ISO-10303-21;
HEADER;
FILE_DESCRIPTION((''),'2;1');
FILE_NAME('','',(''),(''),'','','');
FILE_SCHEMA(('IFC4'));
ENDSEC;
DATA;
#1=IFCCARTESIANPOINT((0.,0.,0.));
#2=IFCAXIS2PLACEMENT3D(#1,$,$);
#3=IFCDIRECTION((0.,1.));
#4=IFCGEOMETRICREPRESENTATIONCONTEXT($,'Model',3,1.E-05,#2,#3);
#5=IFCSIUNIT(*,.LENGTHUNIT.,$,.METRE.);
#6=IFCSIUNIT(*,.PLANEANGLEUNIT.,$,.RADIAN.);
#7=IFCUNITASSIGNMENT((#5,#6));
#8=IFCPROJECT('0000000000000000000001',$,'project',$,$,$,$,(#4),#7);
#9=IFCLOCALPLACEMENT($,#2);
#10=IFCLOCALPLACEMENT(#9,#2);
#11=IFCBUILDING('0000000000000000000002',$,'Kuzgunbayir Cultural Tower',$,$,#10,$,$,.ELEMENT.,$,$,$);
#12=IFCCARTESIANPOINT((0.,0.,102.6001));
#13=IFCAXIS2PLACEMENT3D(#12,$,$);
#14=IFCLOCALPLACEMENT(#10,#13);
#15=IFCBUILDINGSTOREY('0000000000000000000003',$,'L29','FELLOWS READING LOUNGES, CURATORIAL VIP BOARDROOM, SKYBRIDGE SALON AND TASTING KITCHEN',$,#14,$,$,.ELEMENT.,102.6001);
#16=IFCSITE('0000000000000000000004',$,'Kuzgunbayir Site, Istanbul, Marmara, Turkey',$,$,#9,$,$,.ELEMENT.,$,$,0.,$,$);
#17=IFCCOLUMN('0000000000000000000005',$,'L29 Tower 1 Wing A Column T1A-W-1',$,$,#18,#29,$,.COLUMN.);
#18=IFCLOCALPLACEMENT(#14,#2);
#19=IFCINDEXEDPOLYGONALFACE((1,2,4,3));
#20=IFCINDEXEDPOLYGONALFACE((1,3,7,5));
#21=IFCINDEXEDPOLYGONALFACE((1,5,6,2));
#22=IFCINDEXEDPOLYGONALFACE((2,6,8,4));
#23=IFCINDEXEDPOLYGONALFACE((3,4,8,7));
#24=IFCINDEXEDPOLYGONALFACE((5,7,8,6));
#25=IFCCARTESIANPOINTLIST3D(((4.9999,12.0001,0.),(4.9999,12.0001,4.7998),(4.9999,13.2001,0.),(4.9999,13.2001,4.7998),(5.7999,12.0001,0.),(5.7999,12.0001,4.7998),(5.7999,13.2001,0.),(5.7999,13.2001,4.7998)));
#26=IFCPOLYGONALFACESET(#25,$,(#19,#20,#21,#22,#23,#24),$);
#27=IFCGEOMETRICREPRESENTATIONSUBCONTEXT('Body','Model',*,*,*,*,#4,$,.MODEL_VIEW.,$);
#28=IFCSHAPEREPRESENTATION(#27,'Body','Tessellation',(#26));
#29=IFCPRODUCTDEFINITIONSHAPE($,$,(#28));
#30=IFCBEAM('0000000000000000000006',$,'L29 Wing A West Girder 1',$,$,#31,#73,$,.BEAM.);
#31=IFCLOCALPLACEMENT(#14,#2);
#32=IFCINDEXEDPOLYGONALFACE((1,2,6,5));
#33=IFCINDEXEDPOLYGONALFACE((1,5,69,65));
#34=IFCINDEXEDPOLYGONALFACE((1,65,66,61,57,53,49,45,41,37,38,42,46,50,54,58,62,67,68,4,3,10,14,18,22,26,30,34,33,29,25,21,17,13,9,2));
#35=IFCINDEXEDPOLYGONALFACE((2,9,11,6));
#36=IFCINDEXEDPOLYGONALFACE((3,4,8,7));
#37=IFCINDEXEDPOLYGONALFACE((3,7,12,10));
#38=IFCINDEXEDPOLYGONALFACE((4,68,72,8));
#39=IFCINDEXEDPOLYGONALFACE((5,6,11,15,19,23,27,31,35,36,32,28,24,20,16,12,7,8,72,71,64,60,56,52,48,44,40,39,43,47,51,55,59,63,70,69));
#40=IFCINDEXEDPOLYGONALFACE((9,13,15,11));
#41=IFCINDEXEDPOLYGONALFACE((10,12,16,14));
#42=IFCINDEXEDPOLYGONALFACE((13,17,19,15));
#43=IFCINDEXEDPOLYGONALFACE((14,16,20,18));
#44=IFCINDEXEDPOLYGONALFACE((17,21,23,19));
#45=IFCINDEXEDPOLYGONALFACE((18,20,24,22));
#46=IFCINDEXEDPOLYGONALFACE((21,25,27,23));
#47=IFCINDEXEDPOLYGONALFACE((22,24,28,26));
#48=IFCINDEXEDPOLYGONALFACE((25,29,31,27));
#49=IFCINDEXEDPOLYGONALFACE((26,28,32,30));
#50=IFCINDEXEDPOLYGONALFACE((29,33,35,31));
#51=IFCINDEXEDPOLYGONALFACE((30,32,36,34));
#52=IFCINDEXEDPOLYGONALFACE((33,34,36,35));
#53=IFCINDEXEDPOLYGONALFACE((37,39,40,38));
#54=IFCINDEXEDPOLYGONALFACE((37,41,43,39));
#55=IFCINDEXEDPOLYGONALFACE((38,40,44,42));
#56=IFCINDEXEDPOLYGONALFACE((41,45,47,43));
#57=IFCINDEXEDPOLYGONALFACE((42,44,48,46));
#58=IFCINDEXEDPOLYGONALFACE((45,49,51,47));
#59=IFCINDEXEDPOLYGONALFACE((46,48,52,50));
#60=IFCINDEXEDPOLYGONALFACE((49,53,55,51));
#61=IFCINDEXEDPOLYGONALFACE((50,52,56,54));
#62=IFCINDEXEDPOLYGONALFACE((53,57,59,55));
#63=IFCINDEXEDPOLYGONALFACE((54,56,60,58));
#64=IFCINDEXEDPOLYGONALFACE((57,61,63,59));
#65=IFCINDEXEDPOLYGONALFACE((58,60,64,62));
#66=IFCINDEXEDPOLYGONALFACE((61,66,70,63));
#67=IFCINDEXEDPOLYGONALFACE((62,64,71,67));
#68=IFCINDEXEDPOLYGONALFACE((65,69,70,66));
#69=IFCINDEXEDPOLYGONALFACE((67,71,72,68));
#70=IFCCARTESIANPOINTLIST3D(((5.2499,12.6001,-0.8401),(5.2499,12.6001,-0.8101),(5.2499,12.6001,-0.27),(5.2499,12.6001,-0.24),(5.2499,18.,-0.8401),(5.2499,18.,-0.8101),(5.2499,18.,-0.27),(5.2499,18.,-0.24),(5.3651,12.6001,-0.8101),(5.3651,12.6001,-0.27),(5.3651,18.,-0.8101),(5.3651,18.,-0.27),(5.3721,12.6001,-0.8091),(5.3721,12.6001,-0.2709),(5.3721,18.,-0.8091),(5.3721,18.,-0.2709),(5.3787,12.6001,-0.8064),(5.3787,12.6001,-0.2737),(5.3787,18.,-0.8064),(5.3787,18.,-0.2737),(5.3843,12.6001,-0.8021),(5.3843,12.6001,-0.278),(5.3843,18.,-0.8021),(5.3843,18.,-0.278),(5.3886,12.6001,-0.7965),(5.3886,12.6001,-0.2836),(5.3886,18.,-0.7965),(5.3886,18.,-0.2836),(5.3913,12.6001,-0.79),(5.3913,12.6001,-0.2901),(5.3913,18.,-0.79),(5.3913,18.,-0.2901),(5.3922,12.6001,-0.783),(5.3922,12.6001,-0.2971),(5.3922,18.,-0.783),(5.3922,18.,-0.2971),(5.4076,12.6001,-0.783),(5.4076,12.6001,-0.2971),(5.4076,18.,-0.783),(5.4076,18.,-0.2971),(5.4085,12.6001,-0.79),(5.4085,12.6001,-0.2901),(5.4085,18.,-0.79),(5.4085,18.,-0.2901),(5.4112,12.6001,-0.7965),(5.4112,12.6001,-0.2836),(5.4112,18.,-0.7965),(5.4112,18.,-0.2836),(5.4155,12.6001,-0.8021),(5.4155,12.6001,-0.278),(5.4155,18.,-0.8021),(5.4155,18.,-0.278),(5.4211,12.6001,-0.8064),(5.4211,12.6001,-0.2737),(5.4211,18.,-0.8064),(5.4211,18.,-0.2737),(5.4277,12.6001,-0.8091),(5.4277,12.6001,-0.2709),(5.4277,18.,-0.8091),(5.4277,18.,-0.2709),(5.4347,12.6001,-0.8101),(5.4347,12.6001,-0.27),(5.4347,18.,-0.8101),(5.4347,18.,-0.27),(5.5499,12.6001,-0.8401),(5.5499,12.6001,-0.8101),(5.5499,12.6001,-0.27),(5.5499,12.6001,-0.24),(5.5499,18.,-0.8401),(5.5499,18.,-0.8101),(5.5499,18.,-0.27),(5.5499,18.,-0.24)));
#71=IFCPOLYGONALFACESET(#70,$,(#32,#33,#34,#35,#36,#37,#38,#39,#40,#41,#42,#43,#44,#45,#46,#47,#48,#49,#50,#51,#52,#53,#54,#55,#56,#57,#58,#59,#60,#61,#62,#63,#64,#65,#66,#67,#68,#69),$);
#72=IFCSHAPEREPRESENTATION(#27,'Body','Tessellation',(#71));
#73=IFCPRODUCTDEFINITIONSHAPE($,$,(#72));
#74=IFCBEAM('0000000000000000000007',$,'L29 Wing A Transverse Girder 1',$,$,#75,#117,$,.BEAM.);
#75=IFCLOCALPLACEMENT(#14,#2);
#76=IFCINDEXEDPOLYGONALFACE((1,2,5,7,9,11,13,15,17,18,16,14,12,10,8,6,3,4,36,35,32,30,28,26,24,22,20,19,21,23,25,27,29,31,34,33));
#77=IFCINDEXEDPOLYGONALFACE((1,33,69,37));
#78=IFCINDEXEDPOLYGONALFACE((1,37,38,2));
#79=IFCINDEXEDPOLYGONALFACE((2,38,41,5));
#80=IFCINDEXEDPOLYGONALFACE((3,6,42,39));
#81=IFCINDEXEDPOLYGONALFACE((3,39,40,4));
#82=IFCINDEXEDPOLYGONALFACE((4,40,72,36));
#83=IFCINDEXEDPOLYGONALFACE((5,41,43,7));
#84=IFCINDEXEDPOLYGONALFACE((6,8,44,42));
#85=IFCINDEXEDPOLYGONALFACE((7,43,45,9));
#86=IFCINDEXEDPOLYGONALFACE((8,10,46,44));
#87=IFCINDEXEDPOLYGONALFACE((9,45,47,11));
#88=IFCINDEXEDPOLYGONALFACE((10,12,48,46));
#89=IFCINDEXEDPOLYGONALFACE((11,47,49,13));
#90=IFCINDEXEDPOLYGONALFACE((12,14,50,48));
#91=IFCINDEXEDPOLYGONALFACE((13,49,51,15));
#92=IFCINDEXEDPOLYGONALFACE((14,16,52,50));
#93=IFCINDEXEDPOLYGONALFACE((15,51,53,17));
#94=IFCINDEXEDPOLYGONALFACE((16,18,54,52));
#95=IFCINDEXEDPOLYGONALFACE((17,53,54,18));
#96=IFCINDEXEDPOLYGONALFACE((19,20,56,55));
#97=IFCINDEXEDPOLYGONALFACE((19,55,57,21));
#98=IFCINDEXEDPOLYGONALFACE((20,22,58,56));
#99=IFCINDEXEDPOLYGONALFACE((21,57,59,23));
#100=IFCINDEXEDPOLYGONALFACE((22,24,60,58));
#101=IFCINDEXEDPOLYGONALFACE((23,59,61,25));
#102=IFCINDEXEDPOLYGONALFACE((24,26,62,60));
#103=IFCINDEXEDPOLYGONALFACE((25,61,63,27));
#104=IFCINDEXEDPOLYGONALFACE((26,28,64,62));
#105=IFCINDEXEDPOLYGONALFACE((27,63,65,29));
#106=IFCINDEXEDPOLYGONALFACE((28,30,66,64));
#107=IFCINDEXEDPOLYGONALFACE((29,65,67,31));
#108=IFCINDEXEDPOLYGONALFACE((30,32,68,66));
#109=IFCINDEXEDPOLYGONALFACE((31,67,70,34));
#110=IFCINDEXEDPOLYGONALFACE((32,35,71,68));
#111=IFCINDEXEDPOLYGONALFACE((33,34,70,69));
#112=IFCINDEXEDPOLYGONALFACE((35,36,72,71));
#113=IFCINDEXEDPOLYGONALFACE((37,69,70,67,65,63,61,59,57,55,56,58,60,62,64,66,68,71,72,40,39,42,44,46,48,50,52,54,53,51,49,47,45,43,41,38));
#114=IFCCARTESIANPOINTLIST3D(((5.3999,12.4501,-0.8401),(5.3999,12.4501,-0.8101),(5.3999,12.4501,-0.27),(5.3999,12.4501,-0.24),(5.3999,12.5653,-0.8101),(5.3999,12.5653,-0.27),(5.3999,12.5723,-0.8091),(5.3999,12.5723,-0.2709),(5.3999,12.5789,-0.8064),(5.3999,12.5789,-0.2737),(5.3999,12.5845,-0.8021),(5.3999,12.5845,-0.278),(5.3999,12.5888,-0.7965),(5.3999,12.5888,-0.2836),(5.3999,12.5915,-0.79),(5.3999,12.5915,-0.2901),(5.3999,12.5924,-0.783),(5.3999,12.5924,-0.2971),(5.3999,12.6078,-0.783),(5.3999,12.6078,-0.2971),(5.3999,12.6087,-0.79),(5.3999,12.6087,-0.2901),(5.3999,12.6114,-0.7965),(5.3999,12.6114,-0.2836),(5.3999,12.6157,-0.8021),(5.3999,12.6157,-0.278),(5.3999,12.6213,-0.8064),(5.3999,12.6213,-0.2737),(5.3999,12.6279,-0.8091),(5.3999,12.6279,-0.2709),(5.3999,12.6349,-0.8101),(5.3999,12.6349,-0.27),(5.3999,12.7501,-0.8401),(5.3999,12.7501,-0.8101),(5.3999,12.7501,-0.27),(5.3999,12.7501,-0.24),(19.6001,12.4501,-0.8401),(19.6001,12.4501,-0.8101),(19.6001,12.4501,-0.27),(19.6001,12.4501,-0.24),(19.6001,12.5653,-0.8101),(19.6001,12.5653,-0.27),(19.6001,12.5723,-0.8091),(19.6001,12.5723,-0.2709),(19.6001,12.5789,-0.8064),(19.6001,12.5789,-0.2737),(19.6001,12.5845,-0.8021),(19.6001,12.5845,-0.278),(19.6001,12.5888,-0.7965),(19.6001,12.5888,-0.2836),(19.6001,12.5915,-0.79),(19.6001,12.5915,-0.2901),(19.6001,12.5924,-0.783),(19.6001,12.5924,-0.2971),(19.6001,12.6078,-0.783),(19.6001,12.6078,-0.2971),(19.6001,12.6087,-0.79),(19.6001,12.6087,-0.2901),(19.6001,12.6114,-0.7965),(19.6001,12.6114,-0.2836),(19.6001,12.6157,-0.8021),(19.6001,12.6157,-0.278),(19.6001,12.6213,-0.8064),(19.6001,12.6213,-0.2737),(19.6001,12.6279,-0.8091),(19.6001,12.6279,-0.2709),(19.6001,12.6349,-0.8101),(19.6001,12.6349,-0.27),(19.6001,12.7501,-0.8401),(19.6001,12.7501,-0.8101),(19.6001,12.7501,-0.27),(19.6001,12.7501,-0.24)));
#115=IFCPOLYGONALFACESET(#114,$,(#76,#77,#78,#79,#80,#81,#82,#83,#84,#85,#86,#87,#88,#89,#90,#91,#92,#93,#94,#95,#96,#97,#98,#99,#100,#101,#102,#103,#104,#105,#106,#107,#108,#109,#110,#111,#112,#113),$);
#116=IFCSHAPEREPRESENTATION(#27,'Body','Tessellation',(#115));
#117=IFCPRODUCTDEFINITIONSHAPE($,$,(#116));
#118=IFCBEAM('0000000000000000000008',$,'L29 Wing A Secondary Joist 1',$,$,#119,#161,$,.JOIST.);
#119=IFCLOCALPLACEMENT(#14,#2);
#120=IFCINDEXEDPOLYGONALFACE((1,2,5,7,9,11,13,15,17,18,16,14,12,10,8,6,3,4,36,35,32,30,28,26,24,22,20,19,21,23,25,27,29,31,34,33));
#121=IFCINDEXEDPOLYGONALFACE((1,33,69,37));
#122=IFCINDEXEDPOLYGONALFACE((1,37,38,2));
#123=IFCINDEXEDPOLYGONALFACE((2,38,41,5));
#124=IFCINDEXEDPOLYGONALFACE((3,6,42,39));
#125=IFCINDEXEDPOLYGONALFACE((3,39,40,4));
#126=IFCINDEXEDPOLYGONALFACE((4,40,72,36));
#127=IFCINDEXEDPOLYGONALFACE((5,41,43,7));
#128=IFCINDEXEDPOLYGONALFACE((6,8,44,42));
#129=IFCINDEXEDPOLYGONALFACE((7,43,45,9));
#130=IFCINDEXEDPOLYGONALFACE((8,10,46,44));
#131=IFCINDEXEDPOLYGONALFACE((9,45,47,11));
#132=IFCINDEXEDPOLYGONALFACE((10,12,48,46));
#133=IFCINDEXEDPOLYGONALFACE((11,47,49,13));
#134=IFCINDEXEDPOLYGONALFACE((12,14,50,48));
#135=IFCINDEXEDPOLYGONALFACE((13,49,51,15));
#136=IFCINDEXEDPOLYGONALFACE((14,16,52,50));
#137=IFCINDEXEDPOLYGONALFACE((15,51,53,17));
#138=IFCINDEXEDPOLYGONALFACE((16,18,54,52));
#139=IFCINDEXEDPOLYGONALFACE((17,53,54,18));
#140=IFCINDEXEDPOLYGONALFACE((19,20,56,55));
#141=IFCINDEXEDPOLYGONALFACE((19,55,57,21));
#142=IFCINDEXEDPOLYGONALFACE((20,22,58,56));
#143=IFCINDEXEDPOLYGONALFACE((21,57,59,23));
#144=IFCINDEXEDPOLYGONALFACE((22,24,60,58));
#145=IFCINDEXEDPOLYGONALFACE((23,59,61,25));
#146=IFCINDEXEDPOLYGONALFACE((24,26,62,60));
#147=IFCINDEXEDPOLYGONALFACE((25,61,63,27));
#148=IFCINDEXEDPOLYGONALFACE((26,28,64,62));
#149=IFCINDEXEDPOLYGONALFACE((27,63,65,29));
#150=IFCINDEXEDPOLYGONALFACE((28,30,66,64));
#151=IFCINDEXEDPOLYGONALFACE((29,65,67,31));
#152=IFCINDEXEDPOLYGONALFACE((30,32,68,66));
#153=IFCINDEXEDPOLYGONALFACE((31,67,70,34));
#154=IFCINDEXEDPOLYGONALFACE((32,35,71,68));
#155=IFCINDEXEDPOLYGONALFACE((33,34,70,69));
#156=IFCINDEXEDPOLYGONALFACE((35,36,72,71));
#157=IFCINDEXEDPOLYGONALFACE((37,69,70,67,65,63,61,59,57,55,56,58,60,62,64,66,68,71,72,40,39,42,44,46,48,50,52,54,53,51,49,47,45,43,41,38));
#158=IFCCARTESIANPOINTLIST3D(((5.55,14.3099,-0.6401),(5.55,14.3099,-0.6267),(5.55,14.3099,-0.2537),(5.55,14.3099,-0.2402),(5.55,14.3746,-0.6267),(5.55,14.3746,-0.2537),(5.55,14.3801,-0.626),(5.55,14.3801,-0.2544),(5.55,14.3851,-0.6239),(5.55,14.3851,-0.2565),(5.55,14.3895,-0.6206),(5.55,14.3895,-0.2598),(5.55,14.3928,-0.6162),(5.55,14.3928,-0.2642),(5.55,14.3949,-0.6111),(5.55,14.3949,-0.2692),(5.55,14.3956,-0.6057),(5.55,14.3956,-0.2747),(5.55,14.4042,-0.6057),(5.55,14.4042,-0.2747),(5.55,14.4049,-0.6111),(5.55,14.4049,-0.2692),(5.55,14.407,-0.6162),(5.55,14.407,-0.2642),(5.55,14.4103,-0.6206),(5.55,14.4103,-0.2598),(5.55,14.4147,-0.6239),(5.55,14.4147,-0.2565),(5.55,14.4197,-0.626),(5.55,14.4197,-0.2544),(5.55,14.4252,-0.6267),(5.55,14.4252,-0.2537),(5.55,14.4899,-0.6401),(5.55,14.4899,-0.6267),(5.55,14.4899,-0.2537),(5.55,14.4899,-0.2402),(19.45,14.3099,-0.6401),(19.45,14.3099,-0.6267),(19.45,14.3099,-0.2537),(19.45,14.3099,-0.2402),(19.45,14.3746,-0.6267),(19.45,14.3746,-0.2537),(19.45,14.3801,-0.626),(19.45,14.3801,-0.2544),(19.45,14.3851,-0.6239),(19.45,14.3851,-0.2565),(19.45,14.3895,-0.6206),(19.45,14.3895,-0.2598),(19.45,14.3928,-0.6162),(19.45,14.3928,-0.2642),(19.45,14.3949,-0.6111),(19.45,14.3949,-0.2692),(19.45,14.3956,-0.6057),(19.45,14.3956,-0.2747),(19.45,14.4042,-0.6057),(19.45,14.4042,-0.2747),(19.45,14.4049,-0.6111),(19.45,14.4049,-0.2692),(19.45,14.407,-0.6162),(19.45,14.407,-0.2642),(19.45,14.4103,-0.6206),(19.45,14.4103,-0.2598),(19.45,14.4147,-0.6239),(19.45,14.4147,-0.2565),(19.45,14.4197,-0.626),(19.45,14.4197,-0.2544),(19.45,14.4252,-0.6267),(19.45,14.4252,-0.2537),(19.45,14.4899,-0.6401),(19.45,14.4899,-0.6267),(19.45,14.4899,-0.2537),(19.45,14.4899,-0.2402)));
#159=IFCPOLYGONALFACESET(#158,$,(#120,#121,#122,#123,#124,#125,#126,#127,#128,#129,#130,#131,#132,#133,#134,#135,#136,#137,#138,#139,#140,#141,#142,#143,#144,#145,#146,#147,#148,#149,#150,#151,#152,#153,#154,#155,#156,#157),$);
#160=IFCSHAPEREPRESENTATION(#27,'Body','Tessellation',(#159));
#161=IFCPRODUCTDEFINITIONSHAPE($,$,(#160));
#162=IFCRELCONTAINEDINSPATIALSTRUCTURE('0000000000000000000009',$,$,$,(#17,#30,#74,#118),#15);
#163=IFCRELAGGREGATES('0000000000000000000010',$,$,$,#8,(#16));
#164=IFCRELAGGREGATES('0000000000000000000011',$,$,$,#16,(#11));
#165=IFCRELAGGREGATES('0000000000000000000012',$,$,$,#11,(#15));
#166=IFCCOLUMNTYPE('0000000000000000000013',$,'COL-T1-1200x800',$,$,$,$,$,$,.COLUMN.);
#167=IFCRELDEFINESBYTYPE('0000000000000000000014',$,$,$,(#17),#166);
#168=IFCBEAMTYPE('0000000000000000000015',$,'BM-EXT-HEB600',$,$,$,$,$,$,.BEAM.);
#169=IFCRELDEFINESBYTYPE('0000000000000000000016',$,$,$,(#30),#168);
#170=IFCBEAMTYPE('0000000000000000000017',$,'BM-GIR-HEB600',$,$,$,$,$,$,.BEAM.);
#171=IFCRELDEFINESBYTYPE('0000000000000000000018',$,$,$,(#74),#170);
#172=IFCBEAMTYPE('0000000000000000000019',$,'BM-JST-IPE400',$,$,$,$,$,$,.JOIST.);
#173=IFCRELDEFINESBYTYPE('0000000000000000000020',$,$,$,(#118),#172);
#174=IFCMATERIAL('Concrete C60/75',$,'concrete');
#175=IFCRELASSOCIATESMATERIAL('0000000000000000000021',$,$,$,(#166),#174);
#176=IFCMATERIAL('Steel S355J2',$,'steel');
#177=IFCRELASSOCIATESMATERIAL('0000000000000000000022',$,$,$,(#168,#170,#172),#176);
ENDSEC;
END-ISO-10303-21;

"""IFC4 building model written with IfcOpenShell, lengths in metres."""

from ifc_helpers import new_model, si_unit, direction, frame, origin, origin_2d, place, context, subcontext, project, spatial, rectangle, i_section, extrude, material, material_profile, profile_set, type_object, element, save


model = new_model("IFC4")

# Units and contexts
model_context = context("Model", 3, precision=1e-05, world=origin(), true_north=direction((0.0, 1.0)))
body_context = subcontext(model_context, "Body", "Model", "MODEL_VIEW")
ifc_project = project(units=[si_unit("LENGTHUNIT", "METRE"), si_unit("PLANEANGLEUNIT", "RADIAN")], contexts=[model_context])

# Site, building, storey
site_placement = place(None, origin())
site = spatial("IfcSite", under=ifc_project, at=site_placement, Name="Kuzgunbayir Site, Istanbul, Marmara, Turkey", CompositionType="ELEMENT", RefElevation=0.0)
building_placement = place(site_placement, origin())
building = spatial("IfcBuilding", under=site, at=building_placement, Name="Kuzgunbayir Cultural Tower", CompositionType="ELEMENT")
storey_placement = place(building_placement, frame((0.0, 0.0, 102.6001)))
storey = spatial("IfcBuildingStorey", under=building, at=storey_placement, Name="L29", Description="FELLOWS READING LOUNGES, CURATORIAL VIP BOARDROOM, SKYBRIDGE SALON AND TASTING KITCHEN", CompositionType="ELEMENT", Elevation=102.6001)

# Column
ifc_material_1 = material(Name="Concrete C60/75", Category="concrete")
ifc_material_profile_1 = material_profile(ifc_material_1, rectangle(XDim=0.8, YDim=1.2, at=origin_2d()), Name="RC 1200x800")
ifc_profile_set_1 = profile_set([ifc_material_profile_1], Name="Concrete C60/75")
column_type = type_object("IfcColumnType", Name="COL-T1-1200x800", PredefinedType="COLUMN", material=ifc_profile_set_1)
column_placement = place(storey_placement, frame((5.3999, 12.6001, 0.0), z_axis=(0.0, 0.0, 1.0), x_axis=(1.0, 0.0, 0.0)))
element("IfcColumn", 1, at=column_placement, inside=storey, type_object=column_type, Name="L29 Tower 1 Wing A Column T1A-W-1", PredefinedType="COLUMN", context=body_context, shape_type="SweptSolid", body=[
    extrude(rectangle(XDim=0.8, YDim=1.2, at=origin_2d()), origin(), (0.0, 0.0, 1.0), 4.7998),
])

# Beams
ifc_material_2 = material(Name="Steel S355J2", Category="steel")
ifc_material_profile_2 = material_profile(ifc_material_2, i_section(OverallWidth=0.3, OverallDepth=0.6001, WebThickness=0.0154, FlangeThickness=0.03, FilletRadius=0.0271, at=origin_2d()), Name="HEB 600")
ifc_profile_set_2 = profile_set([ifc_material_profile_2], Name="Steel S355J2")
beam_type_1 = type_object("IfcBeamType", Name="BM-EXT-HEB600", PredefinedType="BEAM", material=ifc_profile_set_2)
beam_1_placement = place(storey_placement, frame((5.3999, 12.6001, -0.54), z_axis=(0.0, 1.0, 0.0), x_axis=(-1.0, 0.0, 0.0)))
element("IfcBeam", 2, at=beam_1_placement, inside=storey, type_object=beam_type_1, Name="L29 Wing A West Girder 1", PredefinedType="BEAM", context=body_context, shape_type="SweptSolid", body=[
    extrude(i_section(OverallWidth=0.3, OverallDepth=0.6001, WebThickness=0.0154, FlangeThickness=0.03, FilletRadius=0.0271, at=origin_2d()), origin(), (0.0, 0.0, 1.0), 5.3999),
])
ifc_material_profile_3 = material_profile(ifc_material_2, i_section(OverallWidth=0.3, OverallDepth=0.6001, WebThickness=0.0154, FlangeThickness=0.03, FilletRadius=0.0271, at=origin_2d()), Name="HEB 600")
ifc_profile_set_3 = profile_set([ifc_material_profile_3], Name="Steel S355J2")
beam_type_2 = type_object("IfcBeamType", Name="BM-GIR-HEB600", PredefinedType="BEAM", material=ifc_profile_set_3)
beam_2_placement = place(storey_placement, frame((5.3999, 12.6001, -0.54), z_axis=(1.0, 0.0, 0.0), x_axis=(0.0, 1.0, 0.0)))
element("IfcBeam", 3, at=beam_2_placement, inside=storey, type_object=beam_type_2, Name="L29 Wing A Transverse Girder 1", PredefinedType="BEAM", context=body_context, shape_type="SweptSolid", body=[
    extrude(i_section(OverallWidth=0.3, OverallDepth=0.6001, WebThickness=0.0154, FlangeThickness=0.03, FilletRadius=0.0271, at=origin_2d()), origin(), (0.0, 0.0, 1.0), 14.2002),
])
ifc_material_profile_4 = material_profile(ifc_material_2, i_section(OverallWidth=0.1799, OverallDepth=0.3999, WebThickness=0.0085, FlangeThickness=0.0134, FilletRadius=0.021, at=origin_2d()), Name="IPE 400")
ifc_profile_set_4 = profile_set([ifc_material_profile_4], Name="Steel S355J2")
beam_type_3 = type_object("IfcBeamType", Name="BM-JST-IPE400", PredefinedType="JOIST", material=ifc_profile_set_4)
for number, where, z_axis, x_axis, name in (
    (4, (5.55, 14.3999, -0.4402), (1.0, 0.0, 0.0), (0.0, 1.0, 0.0), "L29 Wing A Secondary Joist 1"),
):
    element("IfcBeam", number, at=place(storey_placement, frame(where, z_axis=z_axis, x_axis=x_axis)), inside=storey, type_object=beam_type_3, Name=name, PredefinedType="JOIST", context=body_context, shape_type="SweptSolid", body=[
        extrude(i_section(OverallWidth=0.1799, OverallDepth=0.3999, WebThickness=0.0085, FlangeThickness=0.0134, FilletRadius=0.021, at=origin_2d()), origin(), (0.0, 0.0, 1.0), 13.8999),
    ])

save(model, "model.ifc")
